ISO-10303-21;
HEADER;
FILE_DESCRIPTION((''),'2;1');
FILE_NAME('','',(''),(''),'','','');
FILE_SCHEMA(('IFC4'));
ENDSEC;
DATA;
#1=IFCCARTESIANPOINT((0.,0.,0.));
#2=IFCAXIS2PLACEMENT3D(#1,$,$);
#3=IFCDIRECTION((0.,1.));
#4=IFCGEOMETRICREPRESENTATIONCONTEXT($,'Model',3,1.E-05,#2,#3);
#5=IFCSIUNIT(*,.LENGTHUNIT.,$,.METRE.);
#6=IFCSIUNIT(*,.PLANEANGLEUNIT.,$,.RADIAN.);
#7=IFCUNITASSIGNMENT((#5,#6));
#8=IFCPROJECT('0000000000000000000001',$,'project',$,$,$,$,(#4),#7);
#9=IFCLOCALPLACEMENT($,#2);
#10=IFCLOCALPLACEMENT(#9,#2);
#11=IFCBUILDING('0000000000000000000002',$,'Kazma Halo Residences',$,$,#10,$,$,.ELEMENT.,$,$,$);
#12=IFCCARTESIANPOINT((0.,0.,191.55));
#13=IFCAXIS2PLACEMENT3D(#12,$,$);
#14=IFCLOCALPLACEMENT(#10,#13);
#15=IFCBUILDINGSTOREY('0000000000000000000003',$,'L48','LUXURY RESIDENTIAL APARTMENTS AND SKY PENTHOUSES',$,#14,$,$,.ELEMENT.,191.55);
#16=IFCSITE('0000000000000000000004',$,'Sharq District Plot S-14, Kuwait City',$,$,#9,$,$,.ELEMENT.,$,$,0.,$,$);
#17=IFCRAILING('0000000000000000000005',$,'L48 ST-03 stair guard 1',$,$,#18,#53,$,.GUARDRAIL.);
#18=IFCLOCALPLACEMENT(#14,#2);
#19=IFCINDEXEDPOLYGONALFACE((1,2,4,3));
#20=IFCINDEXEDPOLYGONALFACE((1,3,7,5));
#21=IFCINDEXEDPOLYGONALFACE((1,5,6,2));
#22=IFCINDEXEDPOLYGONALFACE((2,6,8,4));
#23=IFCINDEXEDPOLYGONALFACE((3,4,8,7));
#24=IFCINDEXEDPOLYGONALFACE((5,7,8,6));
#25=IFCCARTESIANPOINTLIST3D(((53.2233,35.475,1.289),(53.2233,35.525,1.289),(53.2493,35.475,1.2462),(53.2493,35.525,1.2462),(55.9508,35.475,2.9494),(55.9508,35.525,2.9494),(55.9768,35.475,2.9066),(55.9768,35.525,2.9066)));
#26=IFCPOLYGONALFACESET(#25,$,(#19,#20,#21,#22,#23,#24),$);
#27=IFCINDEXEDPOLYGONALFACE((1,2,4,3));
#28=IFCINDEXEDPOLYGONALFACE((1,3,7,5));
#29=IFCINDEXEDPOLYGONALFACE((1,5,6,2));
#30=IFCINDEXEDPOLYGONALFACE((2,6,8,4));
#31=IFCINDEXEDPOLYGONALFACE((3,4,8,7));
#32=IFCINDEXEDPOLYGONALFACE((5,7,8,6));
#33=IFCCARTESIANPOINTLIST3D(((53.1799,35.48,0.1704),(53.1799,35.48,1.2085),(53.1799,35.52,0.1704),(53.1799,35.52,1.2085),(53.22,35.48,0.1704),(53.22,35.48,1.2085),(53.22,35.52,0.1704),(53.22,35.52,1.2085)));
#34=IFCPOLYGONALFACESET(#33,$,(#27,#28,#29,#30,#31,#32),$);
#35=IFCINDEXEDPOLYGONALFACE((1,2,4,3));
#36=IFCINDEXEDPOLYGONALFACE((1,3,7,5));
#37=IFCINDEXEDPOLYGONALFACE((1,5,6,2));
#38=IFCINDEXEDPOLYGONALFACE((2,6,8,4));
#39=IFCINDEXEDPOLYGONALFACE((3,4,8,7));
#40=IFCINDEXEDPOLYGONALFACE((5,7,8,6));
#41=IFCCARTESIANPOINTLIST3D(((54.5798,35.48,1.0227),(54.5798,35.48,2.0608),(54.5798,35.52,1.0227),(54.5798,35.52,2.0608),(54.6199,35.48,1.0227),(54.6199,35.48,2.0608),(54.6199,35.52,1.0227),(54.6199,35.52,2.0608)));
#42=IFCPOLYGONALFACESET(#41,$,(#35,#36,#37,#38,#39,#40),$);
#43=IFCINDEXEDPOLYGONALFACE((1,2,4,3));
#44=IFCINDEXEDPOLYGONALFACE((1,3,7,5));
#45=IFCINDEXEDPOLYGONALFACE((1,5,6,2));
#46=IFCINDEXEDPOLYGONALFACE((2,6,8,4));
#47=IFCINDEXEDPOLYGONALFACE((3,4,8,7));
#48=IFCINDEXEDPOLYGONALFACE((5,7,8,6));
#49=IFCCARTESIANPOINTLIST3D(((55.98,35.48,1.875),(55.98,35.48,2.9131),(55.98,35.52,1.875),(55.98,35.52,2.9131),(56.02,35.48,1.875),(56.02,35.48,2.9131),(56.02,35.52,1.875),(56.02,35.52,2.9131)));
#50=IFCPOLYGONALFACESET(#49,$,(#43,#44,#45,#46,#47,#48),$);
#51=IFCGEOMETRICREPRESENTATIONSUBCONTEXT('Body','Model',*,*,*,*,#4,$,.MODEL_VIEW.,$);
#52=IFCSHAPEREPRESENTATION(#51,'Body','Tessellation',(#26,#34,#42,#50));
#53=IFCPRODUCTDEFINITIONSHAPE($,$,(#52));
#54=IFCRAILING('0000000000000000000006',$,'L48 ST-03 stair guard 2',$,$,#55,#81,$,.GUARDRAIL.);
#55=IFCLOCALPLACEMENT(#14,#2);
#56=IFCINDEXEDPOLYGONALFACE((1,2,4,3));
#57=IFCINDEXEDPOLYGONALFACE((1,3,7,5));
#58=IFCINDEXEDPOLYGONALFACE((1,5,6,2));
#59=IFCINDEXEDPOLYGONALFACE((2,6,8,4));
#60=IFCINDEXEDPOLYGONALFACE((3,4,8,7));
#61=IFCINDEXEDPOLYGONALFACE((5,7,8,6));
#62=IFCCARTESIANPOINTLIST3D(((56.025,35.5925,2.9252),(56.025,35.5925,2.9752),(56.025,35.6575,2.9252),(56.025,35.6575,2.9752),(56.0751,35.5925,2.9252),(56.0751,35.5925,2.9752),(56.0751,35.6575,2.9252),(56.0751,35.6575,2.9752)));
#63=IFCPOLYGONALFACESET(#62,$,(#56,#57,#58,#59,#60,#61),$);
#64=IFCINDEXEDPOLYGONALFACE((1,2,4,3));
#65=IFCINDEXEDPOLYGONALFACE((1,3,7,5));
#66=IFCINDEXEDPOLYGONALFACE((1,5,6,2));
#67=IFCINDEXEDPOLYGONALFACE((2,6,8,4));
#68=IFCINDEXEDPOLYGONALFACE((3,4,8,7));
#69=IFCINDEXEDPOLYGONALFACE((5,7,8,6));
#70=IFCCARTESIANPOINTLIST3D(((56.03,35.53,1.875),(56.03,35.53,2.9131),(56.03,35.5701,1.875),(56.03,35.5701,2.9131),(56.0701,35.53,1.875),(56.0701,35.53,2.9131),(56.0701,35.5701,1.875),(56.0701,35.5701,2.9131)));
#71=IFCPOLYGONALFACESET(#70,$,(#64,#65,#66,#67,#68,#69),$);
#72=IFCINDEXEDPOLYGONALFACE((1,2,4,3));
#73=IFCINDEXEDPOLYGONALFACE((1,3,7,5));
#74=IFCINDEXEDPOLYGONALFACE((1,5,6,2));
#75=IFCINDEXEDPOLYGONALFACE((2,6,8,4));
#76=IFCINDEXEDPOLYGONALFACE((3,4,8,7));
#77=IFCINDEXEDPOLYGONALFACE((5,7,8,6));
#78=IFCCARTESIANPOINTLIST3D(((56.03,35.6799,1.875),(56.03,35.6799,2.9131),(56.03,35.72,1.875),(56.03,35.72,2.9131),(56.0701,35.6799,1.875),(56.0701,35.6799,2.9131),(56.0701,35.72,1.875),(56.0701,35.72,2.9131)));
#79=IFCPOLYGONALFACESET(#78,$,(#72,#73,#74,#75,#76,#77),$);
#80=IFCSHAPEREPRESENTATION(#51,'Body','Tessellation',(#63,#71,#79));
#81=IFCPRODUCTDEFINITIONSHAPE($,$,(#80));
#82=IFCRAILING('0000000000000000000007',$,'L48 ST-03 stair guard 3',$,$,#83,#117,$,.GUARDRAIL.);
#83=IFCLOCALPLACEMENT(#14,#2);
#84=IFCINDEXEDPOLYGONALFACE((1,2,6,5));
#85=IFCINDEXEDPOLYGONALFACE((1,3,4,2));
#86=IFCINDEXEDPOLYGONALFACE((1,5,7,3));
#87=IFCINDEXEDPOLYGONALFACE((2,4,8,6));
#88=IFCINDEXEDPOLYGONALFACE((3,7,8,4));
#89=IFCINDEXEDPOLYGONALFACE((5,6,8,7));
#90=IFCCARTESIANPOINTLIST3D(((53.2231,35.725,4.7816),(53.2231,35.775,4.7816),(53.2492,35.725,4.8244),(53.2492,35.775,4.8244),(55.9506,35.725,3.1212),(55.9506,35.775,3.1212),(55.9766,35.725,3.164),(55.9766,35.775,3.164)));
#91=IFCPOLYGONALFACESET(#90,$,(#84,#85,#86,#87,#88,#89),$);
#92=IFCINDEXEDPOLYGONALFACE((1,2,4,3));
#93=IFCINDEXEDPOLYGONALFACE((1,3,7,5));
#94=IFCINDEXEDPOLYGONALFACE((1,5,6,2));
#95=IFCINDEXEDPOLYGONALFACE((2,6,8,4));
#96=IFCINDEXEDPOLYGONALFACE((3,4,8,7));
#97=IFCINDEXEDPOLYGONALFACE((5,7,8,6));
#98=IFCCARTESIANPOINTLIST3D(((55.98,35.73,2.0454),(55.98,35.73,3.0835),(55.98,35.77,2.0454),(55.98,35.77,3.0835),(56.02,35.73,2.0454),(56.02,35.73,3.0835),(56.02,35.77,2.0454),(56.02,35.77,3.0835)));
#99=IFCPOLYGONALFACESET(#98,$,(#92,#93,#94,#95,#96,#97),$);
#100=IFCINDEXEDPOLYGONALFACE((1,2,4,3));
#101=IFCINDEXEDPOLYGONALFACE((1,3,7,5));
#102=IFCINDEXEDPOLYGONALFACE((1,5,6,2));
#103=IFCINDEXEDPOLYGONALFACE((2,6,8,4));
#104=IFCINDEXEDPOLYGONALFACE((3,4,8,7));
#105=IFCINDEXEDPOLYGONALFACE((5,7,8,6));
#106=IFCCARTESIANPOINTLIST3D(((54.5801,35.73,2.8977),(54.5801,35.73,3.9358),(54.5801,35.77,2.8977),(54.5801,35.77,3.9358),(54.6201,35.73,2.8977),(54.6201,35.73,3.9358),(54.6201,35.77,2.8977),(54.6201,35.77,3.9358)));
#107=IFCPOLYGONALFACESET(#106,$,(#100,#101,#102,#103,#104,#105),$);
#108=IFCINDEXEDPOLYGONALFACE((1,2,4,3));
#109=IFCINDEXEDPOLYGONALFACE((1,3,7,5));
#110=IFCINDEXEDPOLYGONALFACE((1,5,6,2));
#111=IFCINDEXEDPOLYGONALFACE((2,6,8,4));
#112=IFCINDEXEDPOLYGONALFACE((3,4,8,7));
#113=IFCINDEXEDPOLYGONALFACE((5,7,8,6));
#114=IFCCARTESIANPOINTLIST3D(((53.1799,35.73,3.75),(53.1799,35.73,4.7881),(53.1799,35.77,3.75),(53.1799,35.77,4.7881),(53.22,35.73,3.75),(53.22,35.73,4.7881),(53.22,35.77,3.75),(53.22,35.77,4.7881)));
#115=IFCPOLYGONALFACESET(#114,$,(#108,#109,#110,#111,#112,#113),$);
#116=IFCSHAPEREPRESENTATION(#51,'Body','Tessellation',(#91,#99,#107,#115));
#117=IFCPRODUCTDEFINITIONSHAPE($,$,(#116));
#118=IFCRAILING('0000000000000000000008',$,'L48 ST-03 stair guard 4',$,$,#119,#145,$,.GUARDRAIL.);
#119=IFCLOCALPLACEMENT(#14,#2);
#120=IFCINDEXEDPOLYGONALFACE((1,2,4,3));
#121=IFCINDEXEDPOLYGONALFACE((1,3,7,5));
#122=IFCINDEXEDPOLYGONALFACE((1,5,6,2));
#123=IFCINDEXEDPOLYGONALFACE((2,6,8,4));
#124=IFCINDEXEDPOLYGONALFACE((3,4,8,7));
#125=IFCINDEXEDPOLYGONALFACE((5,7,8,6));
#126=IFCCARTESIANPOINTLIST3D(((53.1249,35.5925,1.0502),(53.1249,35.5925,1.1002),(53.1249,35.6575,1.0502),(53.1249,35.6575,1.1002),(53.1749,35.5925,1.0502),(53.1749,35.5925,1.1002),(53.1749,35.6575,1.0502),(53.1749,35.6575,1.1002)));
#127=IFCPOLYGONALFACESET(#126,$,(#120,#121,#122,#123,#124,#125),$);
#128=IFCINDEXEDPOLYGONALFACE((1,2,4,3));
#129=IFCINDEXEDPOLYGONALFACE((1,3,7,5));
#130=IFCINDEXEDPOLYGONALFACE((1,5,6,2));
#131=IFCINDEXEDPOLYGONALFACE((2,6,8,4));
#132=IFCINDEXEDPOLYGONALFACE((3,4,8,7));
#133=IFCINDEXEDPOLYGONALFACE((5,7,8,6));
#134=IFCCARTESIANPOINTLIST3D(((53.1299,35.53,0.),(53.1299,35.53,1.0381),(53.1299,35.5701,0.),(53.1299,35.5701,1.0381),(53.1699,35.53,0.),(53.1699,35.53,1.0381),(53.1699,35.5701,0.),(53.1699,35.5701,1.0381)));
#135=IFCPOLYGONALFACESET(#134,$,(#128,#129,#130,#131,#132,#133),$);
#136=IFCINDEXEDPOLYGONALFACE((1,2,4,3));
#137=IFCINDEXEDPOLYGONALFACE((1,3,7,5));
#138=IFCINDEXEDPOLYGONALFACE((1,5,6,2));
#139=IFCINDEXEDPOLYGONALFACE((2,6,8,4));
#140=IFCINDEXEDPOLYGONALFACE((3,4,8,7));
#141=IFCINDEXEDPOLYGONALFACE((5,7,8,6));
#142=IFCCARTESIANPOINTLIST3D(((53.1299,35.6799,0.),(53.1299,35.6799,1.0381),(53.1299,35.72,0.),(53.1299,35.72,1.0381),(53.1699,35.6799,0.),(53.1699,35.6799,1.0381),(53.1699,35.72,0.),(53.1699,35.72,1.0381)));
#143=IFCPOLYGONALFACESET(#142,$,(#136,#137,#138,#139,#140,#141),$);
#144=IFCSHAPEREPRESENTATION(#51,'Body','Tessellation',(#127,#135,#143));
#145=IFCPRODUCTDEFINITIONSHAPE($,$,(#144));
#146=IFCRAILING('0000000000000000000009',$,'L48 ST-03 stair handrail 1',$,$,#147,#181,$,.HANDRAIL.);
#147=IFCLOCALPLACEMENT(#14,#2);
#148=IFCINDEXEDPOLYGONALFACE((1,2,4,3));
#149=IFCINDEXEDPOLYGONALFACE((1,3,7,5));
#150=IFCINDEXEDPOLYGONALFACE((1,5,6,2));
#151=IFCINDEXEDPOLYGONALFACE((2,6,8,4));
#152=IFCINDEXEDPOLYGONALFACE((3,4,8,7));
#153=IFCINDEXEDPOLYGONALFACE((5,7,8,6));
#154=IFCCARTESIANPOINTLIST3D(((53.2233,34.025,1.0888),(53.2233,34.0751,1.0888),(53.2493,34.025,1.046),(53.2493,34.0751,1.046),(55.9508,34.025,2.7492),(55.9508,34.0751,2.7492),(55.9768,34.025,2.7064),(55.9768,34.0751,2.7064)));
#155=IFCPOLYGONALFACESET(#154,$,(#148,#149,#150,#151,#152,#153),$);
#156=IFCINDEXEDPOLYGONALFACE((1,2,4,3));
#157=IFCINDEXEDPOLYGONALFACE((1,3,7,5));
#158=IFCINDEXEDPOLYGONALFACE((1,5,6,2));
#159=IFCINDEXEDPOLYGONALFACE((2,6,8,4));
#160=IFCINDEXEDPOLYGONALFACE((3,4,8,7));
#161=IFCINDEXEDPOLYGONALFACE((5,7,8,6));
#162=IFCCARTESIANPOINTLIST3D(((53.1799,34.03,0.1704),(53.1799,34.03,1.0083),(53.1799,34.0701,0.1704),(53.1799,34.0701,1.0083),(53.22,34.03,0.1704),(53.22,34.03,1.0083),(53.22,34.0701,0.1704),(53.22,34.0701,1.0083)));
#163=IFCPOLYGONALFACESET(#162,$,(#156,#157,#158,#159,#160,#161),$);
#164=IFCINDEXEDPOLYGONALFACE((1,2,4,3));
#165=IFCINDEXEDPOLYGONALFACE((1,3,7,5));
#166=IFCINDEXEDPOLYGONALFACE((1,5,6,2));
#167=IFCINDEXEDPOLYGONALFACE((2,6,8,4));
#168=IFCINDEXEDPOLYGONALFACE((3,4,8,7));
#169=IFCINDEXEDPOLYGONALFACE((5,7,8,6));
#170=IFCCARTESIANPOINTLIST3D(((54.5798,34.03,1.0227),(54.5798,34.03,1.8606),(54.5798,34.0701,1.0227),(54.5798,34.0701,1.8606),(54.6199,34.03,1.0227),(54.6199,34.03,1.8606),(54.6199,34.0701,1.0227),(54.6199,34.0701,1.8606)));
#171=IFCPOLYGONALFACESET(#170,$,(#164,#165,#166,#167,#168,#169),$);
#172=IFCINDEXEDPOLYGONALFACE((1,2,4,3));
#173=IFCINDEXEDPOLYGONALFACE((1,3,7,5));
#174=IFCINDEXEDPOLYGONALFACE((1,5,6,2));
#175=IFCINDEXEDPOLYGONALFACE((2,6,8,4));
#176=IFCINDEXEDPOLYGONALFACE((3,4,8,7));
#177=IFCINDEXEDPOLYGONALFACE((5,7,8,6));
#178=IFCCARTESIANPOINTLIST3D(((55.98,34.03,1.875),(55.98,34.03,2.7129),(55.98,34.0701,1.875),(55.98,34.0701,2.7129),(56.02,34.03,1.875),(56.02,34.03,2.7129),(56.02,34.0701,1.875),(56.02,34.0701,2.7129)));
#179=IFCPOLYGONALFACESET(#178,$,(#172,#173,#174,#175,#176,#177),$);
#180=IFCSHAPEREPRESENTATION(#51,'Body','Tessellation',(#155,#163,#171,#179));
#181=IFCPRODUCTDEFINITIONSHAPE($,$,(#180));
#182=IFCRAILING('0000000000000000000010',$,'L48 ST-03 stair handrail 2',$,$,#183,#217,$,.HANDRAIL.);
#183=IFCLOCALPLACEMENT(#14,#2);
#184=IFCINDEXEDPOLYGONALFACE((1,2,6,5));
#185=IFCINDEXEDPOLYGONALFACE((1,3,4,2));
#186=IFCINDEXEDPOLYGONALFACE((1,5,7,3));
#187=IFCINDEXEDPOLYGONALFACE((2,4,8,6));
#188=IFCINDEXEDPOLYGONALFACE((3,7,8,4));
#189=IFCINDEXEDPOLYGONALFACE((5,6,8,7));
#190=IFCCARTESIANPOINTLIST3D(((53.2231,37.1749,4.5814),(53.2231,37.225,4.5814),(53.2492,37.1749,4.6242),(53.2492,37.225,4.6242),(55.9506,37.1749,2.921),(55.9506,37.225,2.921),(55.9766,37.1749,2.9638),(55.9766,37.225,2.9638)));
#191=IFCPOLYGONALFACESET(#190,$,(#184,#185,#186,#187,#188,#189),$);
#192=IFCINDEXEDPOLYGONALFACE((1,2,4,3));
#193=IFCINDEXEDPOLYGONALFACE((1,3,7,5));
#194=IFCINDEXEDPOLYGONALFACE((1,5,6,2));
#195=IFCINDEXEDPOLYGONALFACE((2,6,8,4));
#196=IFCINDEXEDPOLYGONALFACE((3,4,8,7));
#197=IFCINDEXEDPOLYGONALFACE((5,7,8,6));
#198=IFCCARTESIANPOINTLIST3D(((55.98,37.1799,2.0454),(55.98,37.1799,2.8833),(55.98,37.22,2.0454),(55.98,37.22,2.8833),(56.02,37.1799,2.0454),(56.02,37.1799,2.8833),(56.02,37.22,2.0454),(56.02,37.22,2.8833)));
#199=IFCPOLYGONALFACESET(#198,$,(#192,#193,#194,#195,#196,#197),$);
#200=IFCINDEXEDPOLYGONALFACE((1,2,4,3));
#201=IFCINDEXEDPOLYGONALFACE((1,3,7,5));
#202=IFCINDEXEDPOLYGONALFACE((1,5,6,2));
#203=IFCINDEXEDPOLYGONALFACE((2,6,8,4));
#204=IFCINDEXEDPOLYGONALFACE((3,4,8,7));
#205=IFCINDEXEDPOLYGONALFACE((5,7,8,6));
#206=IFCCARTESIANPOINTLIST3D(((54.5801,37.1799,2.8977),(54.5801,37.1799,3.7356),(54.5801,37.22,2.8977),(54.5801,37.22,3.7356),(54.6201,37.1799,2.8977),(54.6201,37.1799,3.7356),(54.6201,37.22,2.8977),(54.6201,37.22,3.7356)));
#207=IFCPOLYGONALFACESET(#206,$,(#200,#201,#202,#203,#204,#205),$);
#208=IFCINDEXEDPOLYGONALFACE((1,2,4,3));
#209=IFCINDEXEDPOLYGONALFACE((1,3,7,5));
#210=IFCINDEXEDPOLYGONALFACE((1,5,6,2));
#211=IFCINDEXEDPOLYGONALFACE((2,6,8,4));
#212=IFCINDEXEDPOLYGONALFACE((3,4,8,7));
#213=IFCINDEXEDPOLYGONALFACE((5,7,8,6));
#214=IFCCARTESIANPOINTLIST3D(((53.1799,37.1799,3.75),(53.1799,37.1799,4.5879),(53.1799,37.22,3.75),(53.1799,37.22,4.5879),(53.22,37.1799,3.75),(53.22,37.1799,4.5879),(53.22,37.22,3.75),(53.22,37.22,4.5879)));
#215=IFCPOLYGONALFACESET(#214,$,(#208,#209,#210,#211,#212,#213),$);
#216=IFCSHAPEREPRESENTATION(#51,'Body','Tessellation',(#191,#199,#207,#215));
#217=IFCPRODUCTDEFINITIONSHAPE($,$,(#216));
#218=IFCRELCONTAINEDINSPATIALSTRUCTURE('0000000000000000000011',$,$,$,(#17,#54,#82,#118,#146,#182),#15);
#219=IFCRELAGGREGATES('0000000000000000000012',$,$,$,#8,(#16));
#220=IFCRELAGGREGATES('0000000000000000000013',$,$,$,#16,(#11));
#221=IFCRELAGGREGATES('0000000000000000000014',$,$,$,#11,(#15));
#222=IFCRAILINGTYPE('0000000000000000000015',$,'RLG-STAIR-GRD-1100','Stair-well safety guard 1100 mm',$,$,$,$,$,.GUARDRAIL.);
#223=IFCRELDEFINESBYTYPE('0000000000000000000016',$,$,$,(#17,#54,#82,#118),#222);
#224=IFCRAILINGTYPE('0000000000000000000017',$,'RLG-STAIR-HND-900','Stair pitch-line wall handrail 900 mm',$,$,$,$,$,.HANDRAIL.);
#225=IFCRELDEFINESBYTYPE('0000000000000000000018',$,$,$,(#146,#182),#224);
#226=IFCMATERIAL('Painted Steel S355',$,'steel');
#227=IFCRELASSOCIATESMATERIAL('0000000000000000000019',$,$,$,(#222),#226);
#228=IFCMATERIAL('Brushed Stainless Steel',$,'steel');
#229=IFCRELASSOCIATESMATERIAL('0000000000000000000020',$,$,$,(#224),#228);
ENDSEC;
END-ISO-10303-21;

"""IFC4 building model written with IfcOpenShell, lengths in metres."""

from ifc_helpers import new_model, si_unit, direction, frame, origin, origin_2d, place, context, subcontext, project, spatial, rectangle, extrude, material, type_object, element, save


model = new_model("IFC4")

# Units and contexts
model_context = context("Model", 3, precision=1e-05, world=origin(), true_north=direction((0.0, 1.0)))
body_context = subcontext(model_context, "Body", "Model", "MODEL_VIEW")
ifc_project = project(units=[si_unit("LENGTHUNIT", "METRE"), si_unit("PLANEANGLEUNIT", "RADIAN")], contexts=[model_context])

# Site, building, storey
site_placement = place(None, origin())
site = spatial("IfcSite", under=ifc_project, at=site_placement, Name="Sharq District Plot S-14, Kuwait City", CompositionType="ELEMENT", RefElevation=0.0)
building_placement = place(site_placement, origin())
building = spatial("IfcBuilding", under=site, at=building_placement, Name="Kazma Halo Residences", CompositionType="ELEMENT")
storey_placement = place(building_placement, frame((0.0, 0.0, 191.55)))
storey = spatial("IfcBuildingStorey", under=building, at=storey_placement, Name="L48", Description="LUXURY RESIDENTIAL APARTMENTS AND SKY PENTHOUSES", CompositionType="ELEMENT", Elevation=191.55)

# Railings
ifc_material_1 = material(Name="Painted Steel S355", Category="steel")
railing_type_1 = type_object("IfcRailingType", Name="RLG-STAIR-GRD-1100", Description="Stair-well safety guard 1100 mm", PredefinedType="GUARDRAIL", material=ifc_material_1)
railing_1_placement = place(storey_placement, frame((53.2, 35.5, 0.1704)))
element("IfcRailing", 1, at=railing_1_placement, inside=storey, type_object=railing_type_1, Name="L48 ST-03 stair guard 1", PredefinedType="GUARDRAIL", context=body_context, shape_type="SweptSolid", body=[
    extrude(rectangle(XDim=0.05, YDim=0.05, at=origin_2d()), frame((0.0364, 0.0, 1.0972), z_axis=(0.85417, 0.0, 0.519994), x_axis=(0.0, 1.0, 0.0)), (0.0, 0.0, 1.0), 3.1931),
    extrude(rectangle(XDim=0.04, YDim=0.04, at=origin_2d()), origin(), (0.0, 0.0, 1.0), 1.0381),
    extrude(rectangle(XDim=0.04, YDim=0.04, at=origin_2d()), frame((1.3999, 0.0, 0.8523)), (0.0, 0.0, 1.0), 1.0381),
    extrude(rectangle(XDim=0.04, YDim=0.04, at=origin_2d()), frame((2.8, 0.0, 1.7046)), (0.0, 0.0, 1.0), 1.0381),
])
railing_2_placement = place(storey_placement, frame((56.05, 35.55, 1.875)))
element("IfcRailing", 2, at=railing_2_placement, inside=storey, type_object=railing_type_1, Name="L48 ST-03 stair guard 2", PredefinedType="GUARDRAIL", context=body_context, shape_type="SweptSolid", body=[
    extrude(rectangle(XDim=0.05, YDim=0.05, at=origin_2d()), frame((0.0, 0.0425, 1.0752), z_axis=(0.0, 1.0, 0.0), x_axis=(-1.0, 0.0, 0.0)), (0.0, 0.0, 1.0), 0.0649),
    extrude(rectangle(XDim=0.04, YDim=0.04, at=origin_2d()), origin(), (0.0, 0.0, 1.0), 1.0381),
    extrude(rectangle(XDim=0.04, YDim=0.04, at=origin_2d()), frame((0.0, 0.1499, 0.0)), (0.0, 0.0, 1.0), 1.0381),
])
railing_3_placement = place(storey_placement, frame((56.0, 35.75, 2.0454)))
element("IfcRailing", 3, at=railing_3_placement, inside=storey, type_object=railing_type_1, Name="L48 ST-03 stair guard 3", PredefinedType="GUARDRAIL", context=body_context, shape_type="SweptSolid", body=[
    extrude(rectangle(XDim=0.05, YDim=0.05, at=origin_2d()), frame((-0.0364, 0.0, 1.0972), z_axis=(-0.85417, 0.0, 0.519994), x_axis=(0.0, -1.0, 0.0)), (0.0, 0.0, 1.0), 3.1931),
    extrude(rectangle(XDim=0.04, YDim=0.04, at=origin_2d()), origin(), (0.0, 0.0, 1.0), 1.0381),
    extrude(rectangle(XDim=0.04, YDim=0.04, at=origin_2d()), frame((-1.3999, 0.0, 0.8523)), (0.0, 0.0, 1.0), 1.0381),
    extrude(rectangle(XDim=0.04, YDim=0.04, at=origin_2d()), frame((-2.8, 0.0, 1.7046)), (0.0, 0.0, 1.0), 1.0381),
])
railing_4_placement = place(storey_placement, frame((53.1499, 35.55, 0.0)))
element("IfcRailing", 4, at=railing_4_placement, inside=storey, type_object=railing_type_1, Name="L48 ST-03 stair guard 4", PredefinedType="GUARDRAIL", context=body_context, shape_type="SweptSolid", body=[
    extrude(rectangle(XDim=0.05, YDim=0.05, at=origin_2d()), frame((0.0, 0.0425, 1.0752), z_axis=(0.0, 1.0, 0.0), x_axis=(-1.0, 0.0, 0.0)), (0.0, 0.0, 1.0), 0.0649),
    extrude(rectangle(XDim=0.04, YDim=0.04, at=origin_2d()), origin(), (0.0, 0.0, 1.0), 1.0381),
    extrude(rectangle(XDim=0.04, YDim=0.04, at=origin_2d()), frame((0.0, 0.1499, 0.0)), (0.0, 0.0, 1.0), 1.0381),
])
ifc_material_2 = material(Name="Brushed Stainless Steel", Category="steel")
railing_type_2 = type_object("IfcRailingType", Name="RLG-STAIR-HND-900", Description="Stair pitch-line wall handrail 900 mm", PredefinedType="HANDRAIL", material=ifc_material_2)
railing_5_placement = place(storey_placement, frame((53.2, 34.05, 0.1704)))
element("IfcRailing", 5, at=railing_5_placement, inside=storey, type_object=railing_type_2, Name="L48 ST-03 stair handrail 1", PredefinedType="HANDRAIL", context=body_context, shape_type="SweptSolid", body=[
    extrude(rectangle(XDim=0.05, YDim=0.05, at=origin_2d()), frame((0.0364, 0.0, 0.897), z_axis=(0.85417, 0.0, 0.519994), x_axis=(0.0, 1.0, 0.0)), (0.0, 0.0, 1.0), 3.1931),
    extrude(rectangle(XDim=0.04, YDim=0.04, at=origin_2d()), origin(), (0.0, 0.0, 1.0), 0.8379),
    extrude(rectangle(XDim=0.04, YDim=0.04, at=origin_2d()), frame((1.3999, 0.0, 0.8523)), (0.0, 0.0, 1.0), 0.8379),
    extrude(rectangle(XDim=0.04, YDim=0.04, at=origin_2d()), frame((2.8, 0.0, 1.7046)), (0.0, 0.0, 1.0), 0.8379),
])
railing_6_placement = place(storey_placement, frame((56.0, 37.2, 2.0454)))
element("IfcRailing", 6, at=railing_6_placement, inside=storey, type_object=railing_type_2, Name="L48 ST-03 stair handrail 2", PredefinedType="HANDRAIL", context=body_context, shape_type="SweptSolid", body=[
    extrude(rectangle(XDim=0.05, YDim=0.05, at=origin_2d()), frame((-0.0364, 0.0, 0.897), z_axis=(-0.85417, 0.0, 0.519994), x_axis=(0.0, -1.0, 0.0)), (0.0, 0.0, 1.0), 3.1931),
    extrude(rectangle(XDim=0.04, YDim=0.04, at=origin_2d()), origin(), (0.0, 0.0, 1.0), 0.8379),
    extrude(rectangle(XDim=0.04, YDim=0.04, at=origin_2d()), frame((-1.3999, 0.0, 0.8523)), (0.0, 0.0, 1.0), 0.8379),
    extrude(rectangle(XDim=0.04, YDim=0.04, at=origin_2d()), frame((-2.8, 0.0, 1.7046)), (0.0, 0.0, 1.0), 0.8379),
])

save(model, "model.ifc")
